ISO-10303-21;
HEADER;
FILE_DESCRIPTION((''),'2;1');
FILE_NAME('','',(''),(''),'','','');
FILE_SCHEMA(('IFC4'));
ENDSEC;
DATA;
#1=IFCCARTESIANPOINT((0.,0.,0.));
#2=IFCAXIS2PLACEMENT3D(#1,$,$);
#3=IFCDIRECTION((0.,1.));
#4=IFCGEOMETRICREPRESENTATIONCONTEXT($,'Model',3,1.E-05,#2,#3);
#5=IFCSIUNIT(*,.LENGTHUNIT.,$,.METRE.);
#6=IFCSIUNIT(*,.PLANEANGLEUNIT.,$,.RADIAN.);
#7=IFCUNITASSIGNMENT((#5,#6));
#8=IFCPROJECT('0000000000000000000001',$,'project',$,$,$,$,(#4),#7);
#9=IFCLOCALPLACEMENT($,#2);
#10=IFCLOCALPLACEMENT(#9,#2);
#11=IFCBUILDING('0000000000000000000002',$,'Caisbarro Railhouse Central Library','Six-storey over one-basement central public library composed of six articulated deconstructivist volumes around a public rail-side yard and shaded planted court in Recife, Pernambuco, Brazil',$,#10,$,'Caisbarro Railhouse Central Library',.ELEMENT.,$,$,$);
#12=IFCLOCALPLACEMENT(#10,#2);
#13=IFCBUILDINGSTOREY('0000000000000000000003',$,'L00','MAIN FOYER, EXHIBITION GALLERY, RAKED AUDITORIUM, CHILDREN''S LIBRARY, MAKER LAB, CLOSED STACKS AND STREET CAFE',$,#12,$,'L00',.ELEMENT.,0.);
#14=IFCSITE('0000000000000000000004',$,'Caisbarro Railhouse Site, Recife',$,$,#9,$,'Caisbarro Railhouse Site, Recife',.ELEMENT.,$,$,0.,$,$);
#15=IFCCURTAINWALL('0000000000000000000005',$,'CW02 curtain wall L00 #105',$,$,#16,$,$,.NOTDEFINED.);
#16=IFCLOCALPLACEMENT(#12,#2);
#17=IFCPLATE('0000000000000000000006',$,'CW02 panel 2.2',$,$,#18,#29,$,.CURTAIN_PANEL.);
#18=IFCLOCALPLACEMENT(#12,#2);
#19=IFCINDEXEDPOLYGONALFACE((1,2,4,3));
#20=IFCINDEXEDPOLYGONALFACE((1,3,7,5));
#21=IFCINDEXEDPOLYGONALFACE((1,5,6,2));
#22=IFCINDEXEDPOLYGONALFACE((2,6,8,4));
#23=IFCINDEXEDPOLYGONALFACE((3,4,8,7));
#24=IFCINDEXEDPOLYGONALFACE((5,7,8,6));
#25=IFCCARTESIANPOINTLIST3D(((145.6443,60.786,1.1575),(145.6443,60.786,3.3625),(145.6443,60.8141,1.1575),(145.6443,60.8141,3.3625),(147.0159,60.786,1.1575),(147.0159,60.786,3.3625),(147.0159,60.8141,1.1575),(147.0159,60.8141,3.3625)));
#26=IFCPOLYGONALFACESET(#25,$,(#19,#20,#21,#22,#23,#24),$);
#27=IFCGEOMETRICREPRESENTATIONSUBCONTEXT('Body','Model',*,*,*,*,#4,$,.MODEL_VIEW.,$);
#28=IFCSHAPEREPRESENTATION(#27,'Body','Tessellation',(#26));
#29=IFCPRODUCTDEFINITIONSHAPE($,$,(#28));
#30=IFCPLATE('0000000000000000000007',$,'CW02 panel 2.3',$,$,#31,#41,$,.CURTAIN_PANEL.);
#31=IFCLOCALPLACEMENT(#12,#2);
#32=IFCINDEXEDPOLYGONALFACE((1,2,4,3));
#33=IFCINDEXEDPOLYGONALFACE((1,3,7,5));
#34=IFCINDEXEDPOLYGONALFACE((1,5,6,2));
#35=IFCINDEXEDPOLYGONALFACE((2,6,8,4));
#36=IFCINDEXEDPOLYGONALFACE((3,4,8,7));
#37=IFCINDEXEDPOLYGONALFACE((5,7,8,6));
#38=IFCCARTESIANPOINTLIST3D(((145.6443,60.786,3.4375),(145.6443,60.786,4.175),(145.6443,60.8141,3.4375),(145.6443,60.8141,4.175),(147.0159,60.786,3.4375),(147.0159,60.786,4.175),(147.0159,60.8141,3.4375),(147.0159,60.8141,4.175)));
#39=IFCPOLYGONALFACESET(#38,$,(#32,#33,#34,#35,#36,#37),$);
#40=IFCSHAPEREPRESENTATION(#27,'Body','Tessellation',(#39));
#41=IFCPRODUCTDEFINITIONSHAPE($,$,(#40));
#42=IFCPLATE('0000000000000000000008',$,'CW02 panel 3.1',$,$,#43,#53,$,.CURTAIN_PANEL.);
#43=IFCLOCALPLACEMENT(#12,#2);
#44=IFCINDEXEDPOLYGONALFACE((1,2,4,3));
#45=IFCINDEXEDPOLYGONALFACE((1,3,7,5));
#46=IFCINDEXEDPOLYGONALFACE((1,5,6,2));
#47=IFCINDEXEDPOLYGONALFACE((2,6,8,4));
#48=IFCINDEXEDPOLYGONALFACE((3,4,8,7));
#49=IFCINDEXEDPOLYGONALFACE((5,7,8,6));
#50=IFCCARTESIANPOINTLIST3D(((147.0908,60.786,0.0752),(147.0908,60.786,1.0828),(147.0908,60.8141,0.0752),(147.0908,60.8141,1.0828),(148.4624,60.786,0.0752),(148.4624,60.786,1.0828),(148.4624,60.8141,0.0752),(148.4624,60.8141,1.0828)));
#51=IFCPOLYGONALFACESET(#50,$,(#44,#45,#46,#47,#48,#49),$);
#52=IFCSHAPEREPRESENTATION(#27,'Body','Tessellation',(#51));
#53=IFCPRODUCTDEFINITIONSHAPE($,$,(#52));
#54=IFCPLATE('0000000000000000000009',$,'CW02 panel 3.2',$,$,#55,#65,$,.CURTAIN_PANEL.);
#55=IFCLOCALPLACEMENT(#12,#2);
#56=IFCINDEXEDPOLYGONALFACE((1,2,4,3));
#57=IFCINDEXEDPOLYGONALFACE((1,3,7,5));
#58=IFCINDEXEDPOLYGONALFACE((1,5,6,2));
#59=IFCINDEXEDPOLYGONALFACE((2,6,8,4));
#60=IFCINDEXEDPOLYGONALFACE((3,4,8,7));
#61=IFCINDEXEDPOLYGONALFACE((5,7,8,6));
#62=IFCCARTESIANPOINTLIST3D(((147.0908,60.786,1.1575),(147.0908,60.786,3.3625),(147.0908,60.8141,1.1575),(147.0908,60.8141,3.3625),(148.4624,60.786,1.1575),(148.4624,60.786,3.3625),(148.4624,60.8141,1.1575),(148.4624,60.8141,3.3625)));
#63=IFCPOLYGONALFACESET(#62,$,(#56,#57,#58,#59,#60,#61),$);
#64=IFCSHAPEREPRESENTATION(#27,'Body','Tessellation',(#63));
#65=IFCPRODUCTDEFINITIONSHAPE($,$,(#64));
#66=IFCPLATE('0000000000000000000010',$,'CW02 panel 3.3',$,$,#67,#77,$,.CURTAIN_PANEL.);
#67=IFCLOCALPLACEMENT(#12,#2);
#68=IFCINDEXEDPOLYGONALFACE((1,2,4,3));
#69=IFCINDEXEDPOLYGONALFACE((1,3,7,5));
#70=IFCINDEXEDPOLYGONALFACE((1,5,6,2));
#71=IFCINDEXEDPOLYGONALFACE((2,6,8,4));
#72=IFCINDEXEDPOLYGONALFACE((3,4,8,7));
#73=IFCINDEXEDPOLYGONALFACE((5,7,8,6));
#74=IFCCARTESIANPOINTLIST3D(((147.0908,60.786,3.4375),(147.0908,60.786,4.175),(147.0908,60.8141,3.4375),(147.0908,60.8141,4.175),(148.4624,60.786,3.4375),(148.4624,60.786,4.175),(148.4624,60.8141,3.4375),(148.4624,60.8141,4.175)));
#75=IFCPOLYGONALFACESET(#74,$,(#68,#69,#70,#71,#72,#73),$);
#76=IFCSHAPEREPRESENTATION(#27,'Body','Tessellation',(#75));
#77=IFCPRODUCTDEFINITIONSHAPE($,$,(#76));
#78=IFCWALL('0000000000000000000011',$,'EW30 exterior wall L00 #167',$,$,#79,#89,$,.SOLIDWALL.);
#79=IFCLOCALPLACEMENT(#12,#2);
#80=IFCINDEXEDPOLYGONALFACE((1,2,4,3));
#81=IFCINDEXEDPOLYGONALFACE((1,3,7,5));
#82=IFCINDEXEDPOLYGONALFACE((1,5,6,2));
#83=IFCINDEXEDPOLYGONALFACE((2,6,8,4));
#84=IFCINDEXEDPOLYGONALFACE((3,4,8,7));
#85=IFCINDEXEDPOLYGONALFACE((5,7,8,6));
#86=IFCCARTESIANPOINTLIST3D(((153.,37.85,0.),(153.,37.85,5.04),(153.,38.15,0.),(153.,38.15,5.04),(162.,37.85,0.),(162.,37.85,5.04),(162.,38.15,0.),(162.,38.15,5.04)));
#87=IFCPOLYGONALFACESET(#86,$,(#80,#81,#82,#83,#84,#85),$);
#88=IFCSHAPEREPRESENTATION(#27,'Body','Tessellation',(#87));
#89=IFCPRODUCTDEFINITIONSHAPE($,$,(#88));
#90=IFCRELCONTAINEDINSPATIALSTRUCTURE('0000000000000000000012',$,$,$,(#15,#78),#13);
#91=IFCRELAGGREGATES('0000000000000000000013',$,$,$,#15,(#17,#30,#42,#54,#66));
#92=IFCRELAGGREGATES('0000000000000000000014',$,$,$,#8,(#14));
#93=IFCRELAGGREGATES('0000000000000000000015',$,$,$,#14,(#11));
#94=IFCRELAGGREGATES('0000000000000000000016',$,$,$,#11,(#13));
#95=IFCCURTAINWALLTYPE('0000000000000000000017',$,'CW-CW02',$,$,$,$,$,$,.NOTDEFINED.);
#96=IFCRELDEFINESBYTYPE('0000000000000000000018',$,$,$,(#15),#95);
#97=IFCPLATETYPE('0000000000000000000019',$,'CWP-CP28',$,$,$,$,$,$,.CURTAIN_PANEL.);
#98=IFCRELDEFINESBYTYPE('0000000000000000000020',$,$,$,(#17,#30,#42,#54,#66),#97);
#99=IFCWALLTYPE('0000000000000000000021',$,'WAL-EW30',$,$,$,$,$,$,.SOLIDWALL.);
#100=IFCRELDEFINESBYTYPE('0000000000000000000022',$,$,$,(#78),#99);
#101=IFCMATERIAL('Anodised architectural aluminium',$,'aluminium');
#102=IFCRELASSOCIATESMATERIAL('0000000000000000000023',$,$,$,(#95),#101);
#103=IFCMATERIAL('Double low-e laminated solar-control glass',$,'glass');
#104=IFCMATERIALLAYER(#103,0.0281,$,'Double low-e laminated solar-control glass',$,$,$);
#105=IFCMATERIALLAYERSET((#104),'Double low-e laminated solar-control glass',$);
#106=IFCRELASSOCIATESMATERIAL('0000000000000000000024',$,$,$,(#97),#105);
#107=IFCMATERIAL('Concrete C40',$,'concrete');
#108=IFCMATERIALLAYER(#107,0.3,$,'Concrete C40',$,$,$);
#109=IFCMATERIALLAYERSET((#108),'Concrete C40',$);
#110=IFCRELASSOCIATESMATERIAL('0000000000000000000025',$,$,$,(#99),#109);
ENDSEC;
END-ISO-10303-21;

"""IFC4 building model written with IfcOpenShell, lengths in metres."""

from ifc_helpers import new_model, si_unit, direction, frame, frame_2d, origin, origin_2d, place, context, subcontext, project, spatial, rectangle, extrude, material, layer, layer_set, type_object, element, aggregate, save


model = new_model("IFC4")

# Units and contexts
model_context = context("Model", 3, precision=1e-05, world=origin(), true_north=direction((0.0, 1.0)))
body_context = subcontext(model_context, "Body", "Model", "MODEL_VIEW")
ifc_project = project(units=[si_unit("LENGTHUNIT", "METRE"), si_unit("PLANEANGLEUNIT", "RADIAN")], contexts=[model_context])

# Site, building, storey
site_placement = place(None, origin())
site = spatial("IfcSite", under=ifc_project, at=site_placement, Name="Caisbarro Railhouse Site, Recife", LongName="Caisbarro Railhouse Site, Recife", CompositionType="ELEMENT", RefElevation=0.0)
building_placement = place(site_placement, origin())
building = spatial("IfcBuilding", under=site, at=building_placement, Name="Caisbarro Railhouse Central Library", Description="Six-storey over one-basement central public library composed of six articulated deconstructivist volumes around a public rail-side yard and shaded planted court in Recife, Pernambuco, Brazil", LongName="Caisbarro Railhouse Central Library", CompositionType="ELEMENT")
storey_placement = place(building_placement, origin())
storey = spatial("IfcBuildingStorey", under=building, at=storey_placement, Name="L00", Description="MAIN FOYER, EXHIBITION GALLERY, RAKED AUDITORIUM, CHILDREN'S LIBRARY, MAKER LAB, CLOSED STACKS AND STREET CAFE", LongName="L00", CompositionType="ELEMENT", Elevation=0.0)

# Curtain wall, plates
ifc_material_1 = material(Name="Anodised architectural aluminium", Category="aluminium")
curtain_wall_type = type_object("IfcCurtainWallType", Name="CW-CW02", PredefinedType="NOTDEFINED", material=ifc_material_1)
curtain_wall_placement = place(storey_placement, origin())
curtain_wall = element("IfcCurtainWall", 1, at=curtain_wall_placement, inside=storey, type_object=curtain_wall_type, Name="CW02 curtain wall L00 #105", PredefinedType="NOTDEFINED")
ifc_material_2 = material(Name="Double low-e laminated solar-control glass", Category="glass")
ifc_layer_1 = layer(ifc_material_2, 0.0281, Name="Double low-e laminated solar-control glass")
ifc_layer_set_1 = layer_set([ifc_layer_1], Name="Double low-e laminated solar-control glass")
plate_type = type_object("IfcPlateType", Name="CWP-CP28", PredefinedType="CURTAIN_PANEL", material=ifc_layer_set_1)
plate_1_placement = place(storey_placement, frame((146.3301, 60.8, 1.1575), z_axis=(0.0, 0.0, 1.0), x_axis=(1.0, 0.0, 0.0)))
plate_1 = element("IfcPlate", 2, at=plate_1_placement, type_object=plate_type, Name="CW02 panel 2.2", PredefinedType="CURTAIN_PANEL", context=body_context, shape_type="SweptSolid", body=[
    extrude(rectangle(XDim=1.3716, YDim=0.0281, at=origin_2d()), origin(), (0.0, 0.0, 1.0), 2.2051),
])
plate_2_placement = place(storey_placement, frame((146.3301, 60.8, 3.4375), z_axis=(0.0, 0.0, 1.0), x_axis=(1.0, 0.0, 0.0)))
plate_2 = element("IfcPlate", 3, at=plate_2_placement, type_object=plate_type, Name="CW02 panel 2.3", PredefinedType="CURTAIN_PANEL", context=body_context, shape_type="SweptSolid", body=[
    extrude(rectangle(XDim=1.3716, YDim=0.0281, at=origin_2d()), origin(), (0.0, 0.0, 1.0), 0.7375),
])
plate_3_placement = place(storey_placement, frame((147.7766, 60.8, 0.0752), z_axis=(0.0, 0.0, 1.0), x_axis=(1.0, 0.0, 0.0)))
plate_3 = element("IfcPlate", 4, at=plate_3_placement, type_object=plate_type, Name="CW02 panel 3.1", PredefinedType="CURTAIN_PANEL", context=body_context, shape_type="SweptSolid", body=[
    extrude(rectangle(XDim=1.3716, YDim=0.0281, at=origin_2d()), origin(), (0.0, 0.0, 1.0), 1.0076),
])
plate_4_placement = place(storey_placement, frame((147.7766, 60.8, 1.1575), z_axis=(0.0, 0.0, 1.0), x_axis=(1.0, 0.0, 0.0)))
plate_4 = element("IfcPlate", 5, at=plate_4_placement, type_object=plate_type, Name="CW02 panel 3.2", PredefinedType="CURTAIN_PANEL", context=body_context, shape_type="SweptSolid", body=[
    extrude(rectangle(XDim=1.3716, YDim=0.0281, at=origin_2d()), origin(), (0.0, 0.0, 1.0), 2.2051),
])
plate_5_placement = place(storey_placement, frame((147.7766, 60.8, 3.4375), z_axis=(0.0, 0.0, 1.0), x_axis=(1.0, 0.0, 0.0)))
plate_5 = element("IfcPlate", 6, at=plate_5_placement, type_object=plate_type, Name="CW02 panel 3.3", PredefinedType="CURTAIN_PANEL", context=body_context, shape_type="SweptSolid", body=[
    extrude(rectangle(XDim=1.3716, YDim=0.0281, at=origin_2d()), origin(), (0.0, 0.0, 1.0), 0.7375),
])
aggregate(curtain_wall, [plate_1, plate_2, plate_3, plate_4, plate_5])

# Wall
ifc_material_3 = material(Name="Concrete C40", Category="concrete")
ifc_layer_2 = layer(ifc_material_3, 0.3, Name="Concrete C40")
ifc_layer_set_2 = layer_set([ifc_layer_2], Name="Concrete C40")
wall_type = type_object("IfcWallType", Name="WAL-EW30", PredefinedType="SOLIDWALL", material=ifc_layer_set_2)
wall_placement = place(storey_placement, frame((153.0, 38.0, 0.0), z_axis=(0.0, 0.0, 1.0), x_axis=(1.0, 0.0, 0.0)))
element("IfcWall", 7, at=wall_placement, inside=storey, type_object=wall_type, Name="EW30 exterior wall L00 #167", PredefinedType="SOLIDWALL", context=body_context, shape_type="SweptSolid", body=[
    extrude(rectangle(XDim=9.0, YDim=0.3, at=frame_2d((4.5, 0.0))), origin(), (0.0, 0.0, 1.0), 5.04),
])

save(model, "model.ifc")
